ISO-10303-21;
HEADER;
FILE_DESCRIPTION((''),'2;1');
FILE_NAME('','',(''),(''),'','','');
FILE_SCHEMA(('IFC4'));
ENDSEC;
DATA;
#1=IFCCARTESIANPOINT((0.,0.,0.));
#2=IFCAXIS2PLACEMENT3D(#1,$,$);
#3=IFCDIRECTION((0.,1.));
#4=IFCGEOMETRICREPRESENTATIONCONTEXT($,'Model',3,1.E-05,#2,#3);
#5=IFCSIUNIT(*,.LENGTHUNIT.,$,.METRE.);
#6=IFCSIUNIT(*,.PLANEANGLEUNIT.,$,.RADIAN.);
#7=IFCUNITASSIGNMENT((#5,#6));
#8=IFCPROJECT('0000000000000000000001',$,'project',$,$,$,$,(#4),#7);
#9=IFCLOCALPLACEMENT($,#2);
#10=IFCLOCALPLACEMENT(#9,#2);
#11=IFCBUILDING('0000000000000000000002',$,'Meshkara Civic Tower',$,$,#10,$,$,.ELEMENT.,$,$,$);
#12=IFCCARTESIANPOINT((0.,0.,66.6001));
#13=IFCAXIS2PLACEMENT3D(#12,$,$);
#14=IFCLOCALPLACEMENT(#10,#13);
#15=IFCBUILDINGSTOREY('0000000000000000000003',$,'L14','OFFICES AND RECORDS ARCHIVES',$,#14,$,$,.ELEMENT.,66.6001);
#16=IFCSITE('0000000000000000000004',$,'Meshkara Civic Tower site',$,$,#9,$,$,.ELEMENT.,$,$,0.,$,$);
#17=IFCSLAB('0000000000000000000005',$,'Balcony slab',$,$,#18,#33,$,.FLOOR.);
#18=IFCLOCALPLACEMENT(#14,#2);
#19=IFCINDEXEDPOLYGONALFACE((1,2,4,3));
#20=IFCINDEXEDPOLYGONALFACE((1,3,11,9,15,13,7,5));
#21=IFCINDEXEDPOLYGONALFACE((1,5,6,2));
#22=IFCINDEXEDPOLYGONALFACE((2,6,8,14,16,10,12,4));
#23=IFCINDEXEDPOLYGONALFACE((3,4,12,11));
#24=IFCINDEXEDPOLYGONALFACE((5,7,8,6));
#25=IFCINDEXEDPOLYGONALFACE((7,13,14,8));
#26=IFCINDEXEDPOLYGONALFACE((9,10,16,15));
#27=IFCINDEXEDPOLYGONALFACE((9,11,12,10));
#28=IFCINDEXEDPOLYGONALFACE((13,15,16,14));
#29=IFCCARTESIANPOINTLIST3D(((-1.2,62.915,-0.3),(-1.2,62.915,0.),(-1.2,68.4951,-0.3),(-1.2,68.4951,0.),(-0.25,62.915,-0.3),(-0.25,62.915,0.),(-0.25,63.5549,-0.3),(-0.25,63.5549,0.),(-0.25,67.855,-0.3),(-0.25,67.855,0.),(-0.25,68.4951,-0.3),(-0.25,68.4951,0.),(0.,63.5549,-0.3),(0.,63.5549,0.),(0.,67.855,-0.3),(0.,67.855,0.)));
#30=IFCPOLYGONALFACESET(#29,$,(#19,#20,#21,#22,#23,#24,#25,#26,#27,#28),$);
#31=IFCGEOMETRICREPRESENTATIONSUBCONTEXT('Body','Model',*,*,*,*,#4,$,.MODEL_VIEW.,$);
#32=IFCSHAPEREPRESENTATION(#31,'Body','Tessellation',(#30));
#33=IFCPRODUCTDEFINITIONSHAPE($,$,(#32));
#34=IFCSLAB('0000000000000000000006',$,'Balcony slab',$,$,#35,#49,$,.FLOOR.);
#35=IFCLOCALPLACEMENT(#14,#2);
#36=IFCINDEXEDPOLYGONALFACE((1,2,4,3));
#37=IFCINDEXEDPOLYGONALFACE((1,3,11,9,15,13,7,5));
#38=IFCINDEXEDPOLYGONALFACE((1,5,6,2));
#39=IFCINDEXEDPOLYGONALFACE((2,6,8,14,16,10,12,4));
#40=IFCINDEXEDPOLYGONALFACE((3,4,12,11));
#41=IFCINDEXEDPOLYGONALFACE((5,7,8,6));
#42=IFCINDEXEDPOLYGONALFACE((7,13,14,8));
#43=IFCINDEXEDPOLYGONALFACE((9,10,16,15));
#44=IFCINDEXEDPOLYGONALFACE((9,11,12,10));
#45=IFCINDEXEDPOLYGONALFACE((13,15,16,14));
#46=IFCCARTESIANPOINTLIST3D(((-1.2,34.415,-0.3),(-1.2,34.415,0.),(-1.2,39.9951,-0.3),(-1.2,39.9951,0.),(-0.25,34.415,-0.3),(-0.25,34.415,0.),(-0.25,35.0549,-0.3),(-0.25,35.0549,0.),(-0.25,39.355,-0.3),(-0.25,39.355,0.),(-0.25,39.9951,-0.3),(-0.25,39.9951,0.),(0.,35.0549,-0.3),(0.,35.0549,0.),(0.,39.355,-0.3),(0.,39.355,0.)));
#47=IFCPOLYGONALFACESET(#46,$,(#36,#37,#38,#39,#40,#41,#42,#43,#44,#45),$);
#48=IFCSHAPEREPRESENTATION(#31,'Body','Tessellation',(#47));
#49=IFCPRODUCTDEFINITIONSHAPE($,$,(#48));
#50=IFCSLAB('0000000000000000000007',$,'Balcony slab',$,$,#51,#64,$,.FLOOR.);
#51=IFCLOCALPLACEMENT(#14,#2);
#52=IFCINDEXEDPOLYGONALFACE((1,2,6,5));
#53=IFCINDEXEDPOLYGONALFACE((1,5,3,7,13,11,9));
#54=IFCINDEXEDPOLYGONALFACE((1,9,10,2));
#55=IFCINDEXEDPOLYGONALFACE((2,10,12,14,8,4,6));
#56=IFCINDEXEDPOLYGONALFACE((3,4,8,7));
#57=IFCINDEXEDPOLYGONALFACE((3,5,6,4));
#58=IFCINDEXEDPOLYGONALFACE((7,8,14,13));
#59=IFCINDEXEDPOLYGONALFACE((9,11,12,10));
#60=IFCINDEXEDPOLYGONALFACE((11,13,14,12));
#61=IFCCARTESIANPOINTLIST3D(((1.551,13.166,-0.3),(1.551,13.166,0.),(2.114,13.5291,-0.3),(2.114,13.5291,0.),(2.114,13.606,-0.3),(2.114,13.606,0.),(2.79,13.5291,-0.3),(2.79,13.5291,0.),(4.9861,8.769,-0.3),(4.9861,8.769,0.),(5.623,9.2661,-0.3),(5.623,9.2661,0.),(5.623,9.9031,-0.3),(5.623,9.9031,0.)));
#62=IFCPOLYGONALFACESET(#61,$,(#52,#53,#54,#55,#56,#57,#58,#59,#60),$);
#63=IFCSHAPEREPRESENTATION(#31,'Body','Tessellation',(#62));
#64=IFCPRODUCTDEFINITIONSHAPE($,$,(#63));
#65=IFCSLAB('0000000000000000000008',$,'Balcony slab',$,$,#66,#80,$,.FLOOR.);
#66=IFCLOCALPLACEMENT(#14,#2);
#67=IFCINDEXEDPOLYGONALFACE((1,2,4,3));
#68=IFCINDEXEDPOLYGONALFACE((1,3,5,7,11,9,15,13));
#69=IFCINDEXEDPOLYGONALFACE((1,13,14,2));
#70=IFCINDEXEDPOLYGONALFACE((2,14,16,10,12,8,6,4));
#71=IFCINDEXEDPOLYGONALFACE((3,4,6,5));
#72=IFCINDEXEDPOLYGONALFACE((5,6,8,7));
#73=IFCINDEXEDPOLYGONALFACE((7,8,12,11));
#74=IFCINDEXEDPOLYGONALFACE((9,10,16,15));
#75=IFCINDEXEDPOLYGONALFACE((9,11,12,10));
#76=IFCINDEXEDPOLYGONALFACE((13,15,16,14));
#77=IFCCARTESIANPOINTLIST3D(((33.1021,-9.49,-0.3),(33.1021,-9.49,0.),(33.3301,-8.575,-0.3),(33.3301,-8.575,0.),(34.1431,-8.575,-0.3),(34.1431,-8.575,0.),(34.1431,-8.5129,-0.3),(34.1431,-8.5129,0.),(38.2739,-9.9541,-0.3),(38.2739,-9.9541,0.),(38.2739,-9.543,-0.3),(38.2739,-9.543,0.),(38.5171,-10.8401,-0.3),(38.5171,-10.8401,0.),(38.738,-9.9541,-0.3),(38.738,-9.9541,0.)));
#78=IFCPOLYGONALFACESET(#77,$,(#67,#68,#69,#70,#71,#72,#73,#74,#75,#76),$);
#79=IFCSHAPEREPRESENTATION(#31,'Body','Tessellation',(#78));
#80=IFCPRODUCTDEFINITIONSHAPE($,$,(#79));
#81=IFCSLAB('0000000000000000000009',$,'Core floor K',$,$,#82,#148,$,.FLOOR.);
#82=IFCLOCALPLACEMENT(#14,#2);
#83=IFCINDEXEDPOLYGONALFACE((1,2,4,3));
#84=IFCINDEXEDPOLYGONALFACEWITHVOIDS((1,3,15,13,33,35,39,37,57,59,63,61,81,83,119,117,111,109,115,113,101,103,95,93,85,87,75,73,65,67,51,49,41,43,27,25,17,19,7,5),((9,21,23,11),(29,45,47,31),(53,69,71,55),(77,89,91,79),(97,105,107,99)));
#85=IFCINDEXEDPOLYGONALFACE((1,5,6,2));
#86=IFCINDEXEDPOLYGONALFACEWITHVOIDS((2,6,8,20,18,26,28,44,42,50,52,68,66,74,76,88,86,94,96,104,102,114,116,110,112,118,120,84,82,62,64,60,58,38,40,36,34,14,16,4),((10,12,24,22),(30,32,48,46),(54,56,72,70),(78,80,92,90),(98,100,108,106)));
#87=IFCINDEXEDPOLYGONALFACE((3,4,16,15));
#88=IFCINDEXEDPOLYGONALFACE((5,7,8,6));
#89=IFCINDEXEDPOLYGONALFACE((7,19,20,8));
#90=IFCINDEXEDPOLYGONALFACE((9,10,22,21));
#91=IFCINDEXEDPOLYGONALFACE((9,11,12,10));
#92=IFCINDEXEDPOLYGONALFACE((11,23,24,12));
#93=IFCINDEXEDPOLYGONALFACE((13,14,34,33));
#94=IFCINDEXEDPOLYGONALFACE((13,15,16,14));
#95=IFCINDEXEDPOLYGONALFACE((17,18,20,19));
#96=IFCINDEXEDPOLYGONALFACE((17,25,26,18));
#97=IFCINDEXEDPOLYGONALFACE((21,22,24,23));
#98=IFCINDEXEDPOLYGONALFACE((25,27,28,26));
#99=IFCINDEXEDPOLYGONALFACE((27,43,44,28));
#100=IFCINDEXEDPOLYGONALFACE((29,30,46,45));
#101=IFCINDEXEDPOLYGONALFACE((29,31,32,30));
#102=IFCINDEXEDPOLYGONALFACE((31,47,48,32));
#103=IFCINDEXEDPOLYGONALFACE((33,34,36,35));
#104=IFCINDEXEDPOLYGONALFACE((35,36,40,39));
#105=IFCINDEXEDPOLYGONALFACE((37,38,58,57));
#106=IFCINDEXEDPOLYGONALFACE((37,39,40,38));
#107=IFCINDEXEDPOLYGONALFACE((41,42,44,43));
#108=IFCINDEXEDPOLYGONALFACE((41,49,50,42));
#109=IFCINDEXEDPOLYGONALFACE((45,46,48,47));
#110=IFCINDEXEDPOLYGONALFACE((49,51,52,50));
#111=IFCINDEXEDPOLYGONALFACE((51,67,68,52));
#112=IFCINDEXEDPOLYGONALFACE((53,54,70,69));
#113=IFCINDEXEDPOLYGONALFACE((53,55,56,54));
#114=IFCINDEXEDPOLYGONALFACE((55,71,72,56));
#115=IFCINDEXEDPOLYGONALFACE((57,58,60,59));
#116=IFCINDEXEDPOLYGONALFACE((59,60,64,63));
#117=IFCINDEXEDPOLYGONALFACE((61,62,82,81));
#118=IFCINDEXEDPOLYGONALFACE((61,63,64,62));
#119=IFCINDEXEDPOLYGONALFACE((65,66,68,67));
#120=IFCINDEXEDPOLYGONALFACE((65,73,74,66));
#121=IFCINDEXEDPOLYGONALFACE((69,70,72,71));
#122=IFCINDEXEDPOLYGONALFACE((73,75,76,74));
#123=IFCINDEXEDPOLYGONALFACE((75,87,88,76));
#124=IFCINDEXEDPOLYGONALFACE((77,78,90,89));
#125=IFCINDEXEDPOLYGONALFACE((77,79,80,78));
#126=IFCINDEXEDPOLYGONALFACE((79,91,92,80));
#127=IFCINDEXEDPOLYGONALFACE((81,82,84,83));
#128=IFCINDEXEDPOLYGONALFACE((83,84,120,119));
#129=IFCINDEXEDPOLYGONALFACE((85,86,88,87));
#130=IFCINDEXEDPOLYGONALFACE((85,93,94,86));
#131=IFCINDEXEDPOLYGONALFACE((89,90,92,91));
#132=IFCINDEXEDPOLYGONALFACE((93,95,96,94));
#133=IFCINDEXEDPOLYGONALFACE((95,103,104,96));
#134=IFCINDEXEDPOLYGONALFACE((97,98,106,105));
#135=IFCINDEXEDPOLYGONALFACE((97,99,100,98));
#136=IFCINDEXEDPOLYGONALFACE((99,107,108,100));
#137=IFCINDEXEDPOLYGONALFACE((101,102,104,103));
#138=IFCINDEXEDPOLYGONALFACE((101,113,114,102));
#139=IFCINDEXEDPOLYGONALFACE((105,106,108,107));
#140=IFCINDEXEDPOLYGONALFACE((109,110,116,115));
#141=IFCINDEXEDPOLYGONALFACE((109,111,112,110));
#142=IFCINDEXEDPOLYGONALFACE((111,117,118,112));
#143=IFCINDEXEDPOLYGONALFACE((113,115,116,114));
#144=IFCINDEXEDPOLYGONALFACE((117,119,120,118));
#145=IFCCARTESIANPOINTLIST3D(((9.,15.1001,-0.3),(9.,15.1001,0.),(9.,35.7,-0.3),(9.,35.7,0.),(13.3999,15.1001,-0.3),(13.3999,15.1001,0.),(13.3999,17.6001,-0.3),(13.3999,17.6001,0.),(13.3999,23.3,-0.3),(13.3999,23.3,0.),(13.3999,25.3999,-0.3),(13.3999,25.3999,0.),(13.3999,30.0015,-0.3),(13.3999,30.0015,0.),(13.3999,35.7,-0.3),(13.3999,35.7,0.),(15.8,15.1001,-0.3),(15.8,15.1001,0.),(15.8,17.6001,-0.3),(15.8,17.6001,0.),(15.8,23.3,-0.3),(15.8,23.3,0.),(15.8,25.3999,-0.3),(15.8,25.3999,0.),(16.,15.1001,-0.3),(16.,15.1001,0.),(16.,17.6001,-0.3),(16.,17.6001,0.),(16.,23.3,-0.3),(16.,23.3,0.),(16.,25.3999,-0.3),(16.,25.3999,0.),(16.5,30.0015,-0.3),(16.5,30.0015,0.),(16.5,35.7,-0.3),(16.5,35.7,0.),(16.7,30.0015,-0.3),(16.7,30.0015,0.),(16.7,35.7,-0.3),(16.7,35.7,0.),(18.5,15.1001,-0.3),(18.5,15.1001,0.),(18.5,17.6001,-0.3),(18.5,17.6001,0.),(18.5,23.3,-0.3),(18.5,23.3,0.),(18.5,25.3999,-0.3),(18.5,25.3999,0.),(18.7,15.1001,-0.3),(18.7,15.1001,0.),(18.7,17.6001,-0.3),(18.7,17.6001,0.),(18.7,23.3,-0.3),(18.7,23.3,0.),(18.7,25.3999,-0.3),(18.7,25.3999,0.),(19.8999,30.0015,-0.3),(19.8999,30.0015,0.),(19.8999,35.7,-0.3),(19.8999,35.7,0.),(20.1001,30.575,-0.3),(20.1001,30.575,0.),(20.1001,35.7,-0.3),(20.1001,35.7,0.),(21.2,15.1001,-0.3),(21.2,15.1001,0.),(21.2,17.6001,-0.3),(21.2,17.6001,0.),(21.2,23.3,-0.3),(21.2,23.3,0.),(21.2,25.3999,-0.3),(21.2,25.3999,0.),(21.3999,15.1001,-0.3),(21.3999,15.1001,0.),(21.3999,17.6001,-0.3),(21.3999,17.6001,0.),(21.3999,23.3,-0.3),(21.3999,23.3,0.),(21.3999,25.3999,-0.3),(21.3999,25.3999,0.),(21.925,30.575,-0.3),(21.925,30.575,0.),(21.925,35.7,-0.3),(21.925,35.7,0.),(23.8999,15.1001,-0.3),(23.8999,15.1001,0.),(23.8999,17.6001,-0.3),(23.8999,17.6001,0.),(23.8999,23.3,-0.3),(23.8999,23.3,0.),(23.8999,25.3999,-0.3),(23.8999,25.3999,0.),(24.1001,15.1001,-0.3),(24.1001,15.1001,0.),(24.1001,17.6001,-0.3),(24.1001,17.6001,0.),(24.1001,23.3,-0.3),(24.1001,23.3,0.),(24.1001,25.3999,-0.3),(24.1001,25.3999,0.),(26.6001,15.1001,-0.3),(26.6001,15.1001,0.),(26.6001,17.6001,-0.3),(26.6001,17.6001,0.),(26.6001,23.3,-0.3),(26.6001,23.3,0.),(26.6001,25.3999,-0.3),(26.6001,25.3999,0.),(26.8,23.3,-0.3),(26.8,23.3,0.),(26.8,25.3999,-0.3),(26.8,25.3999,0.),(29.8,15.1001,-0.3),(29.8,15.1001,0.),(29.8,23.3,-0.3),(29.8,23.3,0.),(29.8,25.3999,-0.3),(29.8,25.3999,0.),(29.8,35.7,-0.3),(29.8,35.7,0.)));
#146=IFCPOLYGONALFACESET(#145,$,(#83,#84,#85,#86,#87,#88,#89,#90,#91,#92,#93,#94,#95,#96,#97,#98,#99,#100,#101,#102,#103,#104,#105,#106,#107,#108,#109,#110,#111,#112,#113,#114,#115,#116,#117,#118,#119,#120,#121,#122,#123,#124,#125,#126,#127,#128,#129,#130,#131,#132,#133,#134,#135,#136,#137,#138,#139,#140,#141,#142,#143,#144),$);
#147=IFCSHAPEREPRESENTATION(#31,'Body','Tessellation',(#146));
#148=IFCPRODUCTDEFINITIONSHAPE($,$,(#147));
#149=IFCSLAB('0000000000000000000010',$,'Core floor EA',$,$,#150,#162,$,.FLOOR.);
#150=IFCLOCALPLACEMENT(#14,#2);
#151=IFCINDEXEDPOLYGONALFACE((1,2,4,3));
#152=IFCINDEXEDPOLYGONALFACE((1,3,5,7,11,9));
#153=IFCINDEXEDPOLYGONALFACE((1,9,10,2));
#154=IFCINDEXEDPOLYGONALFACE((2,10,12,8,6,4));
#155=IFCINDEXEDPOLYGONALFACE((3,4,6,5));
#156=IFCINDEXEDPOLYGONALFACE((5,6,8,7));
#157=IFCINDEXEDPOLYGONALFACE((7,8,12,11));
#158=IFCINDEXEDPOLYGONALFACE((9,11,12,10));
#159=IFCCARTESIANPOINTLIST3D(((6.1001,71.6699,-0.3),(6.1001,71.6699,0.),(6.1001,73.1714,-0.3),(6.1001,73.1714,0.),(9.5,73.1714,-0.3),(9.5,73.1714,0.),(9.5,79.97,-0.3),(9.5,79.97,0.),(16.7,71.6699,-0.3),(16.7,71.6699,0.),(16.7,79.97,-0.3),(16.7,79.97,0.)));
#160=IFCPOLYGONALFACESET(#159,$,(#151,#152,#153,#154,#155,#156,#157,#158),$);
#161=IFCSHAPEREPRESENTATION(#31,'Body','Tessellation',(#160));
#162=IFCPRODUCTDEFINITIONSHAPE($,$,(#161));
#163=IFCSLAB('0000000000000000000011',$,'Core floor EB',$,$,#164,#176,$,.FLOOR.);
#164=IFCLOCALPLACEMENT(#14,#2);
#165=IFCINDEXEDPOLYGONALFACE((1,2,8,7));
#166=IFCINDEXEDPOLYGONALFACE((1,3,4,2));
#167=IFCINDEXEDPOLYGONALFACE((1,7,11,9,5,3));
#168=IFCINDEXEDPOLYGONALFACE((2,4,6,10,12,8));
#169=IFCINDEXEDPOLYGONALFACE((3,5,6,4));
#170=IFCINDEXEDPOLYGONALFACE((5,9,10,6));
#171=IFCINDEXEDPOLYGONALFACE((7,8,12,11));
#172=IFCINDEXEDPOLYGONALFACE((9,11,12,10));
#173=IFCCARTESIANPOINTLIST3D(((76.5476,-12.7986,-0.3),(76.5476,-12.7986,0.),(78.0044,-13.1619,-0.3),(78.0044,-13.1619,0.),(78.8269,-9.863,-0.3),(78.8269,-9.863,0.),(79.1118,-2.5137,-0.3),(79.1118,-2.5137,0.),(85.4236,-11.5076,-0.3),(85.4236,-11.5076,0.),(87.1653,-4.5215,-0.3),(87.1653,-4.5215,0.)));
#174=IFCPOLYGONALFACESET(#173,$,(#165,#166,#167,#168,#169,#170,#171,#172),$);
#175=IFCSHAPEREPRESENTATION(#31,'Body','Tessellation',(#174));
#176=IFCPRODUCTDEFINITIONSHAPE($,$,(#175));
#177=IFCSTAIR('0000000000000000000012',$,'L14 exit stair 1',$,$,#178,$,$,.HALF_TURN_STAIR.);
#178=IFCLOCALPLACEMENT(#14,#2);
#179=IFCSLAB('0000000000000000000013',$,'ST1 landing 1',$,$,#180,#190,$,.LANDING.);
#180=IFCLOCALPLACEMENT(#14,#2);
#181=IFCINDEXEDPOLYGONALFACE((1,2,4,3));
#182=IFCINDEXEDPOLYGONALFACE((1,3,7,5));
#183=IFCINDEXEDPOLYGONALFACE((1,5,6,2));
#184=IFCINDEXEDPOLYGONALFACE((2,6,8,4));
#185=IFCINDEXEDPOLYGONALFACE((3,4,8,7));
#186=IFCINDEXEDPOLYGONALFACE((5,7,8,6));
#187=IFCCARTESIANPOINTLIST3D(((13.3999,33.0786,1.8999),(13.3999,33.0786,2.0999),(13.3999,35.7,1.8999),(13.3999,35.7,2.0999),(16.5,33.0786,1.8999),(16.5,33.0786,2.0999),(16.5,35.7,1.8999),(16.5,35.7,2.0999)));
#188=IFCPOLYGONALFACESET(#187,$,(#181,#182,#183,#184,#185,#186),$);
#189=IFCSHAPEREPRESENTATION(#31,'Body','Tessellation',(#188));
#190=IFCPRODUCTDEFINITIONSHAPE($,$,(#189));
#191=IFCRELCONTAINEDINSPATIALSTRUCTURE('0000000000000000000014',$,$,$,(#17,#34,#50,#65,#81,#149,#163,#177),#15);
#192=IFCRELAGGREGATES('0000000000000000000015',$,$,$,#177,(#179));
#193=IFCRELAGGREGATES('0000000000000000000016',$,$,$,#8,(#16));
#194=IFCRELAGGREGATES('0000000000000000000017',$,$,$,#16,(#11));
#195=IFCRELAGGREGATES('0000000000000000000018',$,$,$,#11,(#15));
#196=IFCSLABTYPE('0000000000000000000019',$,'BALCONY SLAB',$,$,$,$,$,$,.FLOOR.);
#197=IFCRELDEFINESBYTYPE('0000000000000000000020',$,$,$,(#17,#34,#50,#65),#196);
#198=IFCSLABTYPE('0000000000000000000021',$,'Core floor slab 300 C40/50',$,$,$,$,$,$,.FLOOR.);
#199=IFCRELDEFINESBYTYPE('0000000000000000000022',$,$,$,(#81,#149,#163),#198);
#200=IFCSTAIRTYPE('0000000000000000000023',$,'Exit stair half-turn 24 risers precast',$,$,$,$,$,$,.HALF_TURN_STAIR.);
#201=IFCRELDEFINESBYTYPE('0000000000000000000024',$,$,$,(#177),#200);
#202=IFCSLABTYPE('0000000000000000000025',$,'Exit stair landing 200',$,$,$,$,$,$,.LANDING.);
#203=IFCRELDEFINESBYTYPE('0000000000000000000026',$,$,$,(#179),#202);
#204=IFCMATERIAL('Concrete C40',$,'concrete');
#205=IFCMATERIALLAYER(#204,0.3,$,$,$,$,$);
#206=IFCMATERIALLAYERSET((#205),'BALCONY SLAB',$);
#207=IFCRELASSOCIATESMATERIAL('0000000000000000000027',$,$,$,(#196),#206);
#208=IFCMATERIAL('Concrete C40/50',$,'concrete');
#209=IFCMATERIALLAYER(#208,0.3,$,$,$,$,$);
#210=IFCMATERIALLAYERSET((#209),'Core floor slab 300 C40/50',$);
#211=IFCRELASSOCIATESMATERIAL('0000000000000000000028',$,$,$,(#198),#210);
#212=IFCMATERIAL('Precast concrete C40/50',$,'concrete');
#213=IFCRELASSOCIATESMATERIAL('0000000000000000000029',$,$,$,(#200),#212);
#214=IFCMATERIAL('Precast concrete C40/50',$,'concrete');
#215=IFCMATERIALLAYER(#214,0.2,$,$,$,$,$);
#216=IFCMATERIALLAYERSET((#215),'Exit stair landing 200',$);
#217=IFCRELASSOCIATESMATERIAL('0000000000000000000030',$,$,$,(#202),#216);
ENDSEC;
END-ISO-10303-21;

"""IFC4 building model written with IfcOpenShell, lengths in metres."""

from ifc_helpers import new_model, si_unit, direction, frame, origin, place, context, subcontext, project, spatial, polyline, outline, extrude, material, layer, layer_set, type_object, element, aggregate, save


model = new_model("IFC4")

# Units and contexts
model_context = context("Model", 3, precision=1e-05, world=origin(), true_north=direction((0.0, 1.0)))
body_context = subcontext(model_context, "Body", "Model", "MODEL_VIEW")
ifc_project = project(units=[si_unit("LENGTHUNIT", "METRE"), si_unit("PLANEANGLEUNIT", "RADIAN")], contexts=[model_context])

# Site, building, storey
site_placement = place(None, origin())
site = spatial("IfcSite", under=ifc_project, at=site_placement, Name="Meshkara Civic Tower site", CompositionType="ELEMENT", RefElevation=0.0)
building_placement = place(site_placement, origin())
building = spatial("IfcBuilding", under=site, at=building_placement, Name="Meshkara Civic Tower", CompositionType="ELEMENT")
storey_placement = place(building_placement, frame((0.0, 0.0, 66.6001)))
storey = spatial("IfcBuildingStorey", under=building, at=storey_placement, Name="L14", Description="OFFICES AND RECORDS ARCHIVES", CompositionType="ELEMENT", Elevation=66.6001)

# Slabs
ifc_material_1 = material(Name="Concrete C40", Category="concrete")
ifc_layer_1 = layer(ifc_material_1, 0.3)
ifc_layer_set_1 = layer_set([ifc_layer_1], Name="BALCONY SLAB")
slab_type_1 = type_object("IfcSlabType", Name="BALCONY SLAB", PredefinedType="FLOOR", material=ifc_layer_set_1)
slab_1_placement = place(storey_placement, frame((0.0, 0.0, -0.3)))
element("IfcSlab", 1, at=slab_1_placement, inside=storey, type_object=slab_type_1, Name="Balcony slab", PredefinedType="FLOOR", context=body_context, shape_type="SweptSolid", body=[
    extrude(outline(polyline([(-1.2, 62.915), (-1.2, 68.4951), (-0.25, 68.4951), (-0.25, 67.855), (0.0, 67.855), (0.0, 63.5549), (-0.25, 63.5549), (-0.25, 62.915), (-1.2, 62.915)])), origin(), (0.0, 0.0, 1.0), 0.3),
])
slab_2_placement = place(storey_placement, frame((0.0, 0.0, -0.3)))
element("IfcSlab", 2, at=slab_2_placement, inside=storey, type_object=slab_type_1, Name="Balcony slab", PredefinedType="FLOOR", context=body_context, shape_type="SweptSolid", body=[
    extrude(outline(polyline([(-1.2, 34.415), (-1.2, 39.9951), (-0.25, 39.9951), (-0.25, 39.355), (0.0, 39.355), (0.0, 35.0549), (-0.25, 35.0549), (-0.25, 34.415), (-1.2, 34.415)])), origin(), (0.0, 0.0, 1.0), 0.3),
])
slab_3_placement = place(storey_placement, frame((0.0, 0.0, -0.3)))
element("IfcSlab", 3, at=slab_3_placement, inside=storey, type_object=slab_type_1, Name="Balcony slab", PredefinedType="FLOOR", context=body_context, shape_type="SweptSolid", body=[
    extrude(outline(polyline([(4.9861, 8.769), (1.551, 13.166), (2.114, 13.606), (2.114, 13.5291), (2.79, 13.5291), (5.623, 9.9031), (5.623, 9.2661), (4.9861, 8.769)])), origin(), (0.0, 0.0, 1.0), 0.3),
])
slab_4_placement = place(storey_placement, frame((0.0, 0.0, -0.3)))
element("IfcSlab", 4, at=slab_4_placement, inside=storey, type_object=slab_type_1, Name="Balcony slab", PredefinedType="FLOOR", context=body_context, shape_type="SweptSolid", body=[
    extrude(outline(polyline([(38.5171, -10.8401), (33.1021, -9.49), (33.3301, -8.575), (34.1431, -8.575), (34.1431, -8.5129), (38.2739, -9.543), (38.2739, -9.9541), (38.738, -9.9541), (38.5171, -10.8401)])), origin(), (0.0, 0.0, 1.0), 0.3),
])
ifc_material_2 = material(Name="Concrete C40/50", Category="concrete")
ifc_layer_2 = layer(ifc_material_2, 0.3)
ifc_layer_set_2 = layer_set([ifc_layer_2], Name="Core floor slab 300 C40/50")
slab_type_2 = type_object("IfcSlabType", Name="Core floor slab 300 C40/50", PredefinedType="FLOOR", material=ifc_layer_set_2)
slab_5_placement = place(storey_placement, frame((0.0, 0.0, -0.3)))
element("IfcSlab", 5, at=slab_5_placement, inside=storey, type_object=slab_type_2, Name="Core floor K", PredefinedType="FLOOR", context=body_context, shape_type="SweptSolid", body=[
    extrude(outline(polyline([(9.0, 35.7), (13.3999, 35.7), (13.3999, 30.0015), (16.5, 30.0015), (16.5, 35.7), (16.7, 35.7), (16.7, 30.0015), (19.8999, 30.0015), (19.8999, 35.7), (20.1001, 35.7), (20.1001, 30.575), (21.925, 30.575), (21.925, 35.7), (29.8, 35.7), (29.8, 25.3999), (26.8, 25.3999), (26.8, 23.3), (29.8, 23.3), (29.8, 15.1001), (26.6001, 15.1001), (26.6001, 17.6001), (24.1001, 17.6001), (24.1001, 15.1001), (23.8999, 15.1001), (23.8999, 17.6001), (21.3999, 17.6001), (21.3999, 15.1001), (21.2, 15.1001), (21.2, 17.6001), (18.7, 17.6001), (18.7, 15.1001), (18.5, 15.1001), (18.5, 17.6001), (16.0, 17.6001), (16.0, 15.1001), (15.8, 15.1001), (15.8, 17.6001), (13.3999, 17.6001), (13.3999, 15.1001), (9.0, 15.1001), (9.0, 35.7)]), holes=[polyline([(13.3999, 25.3999), (13.3999, 23.3), (15.8, 23.3), (15.8, 25.3999), (13.3999, 25.3999)]), polyline([(18.5, 23.3), (18.5, 25.3999), (16.0, 25.3999), (16.0, 23.3), (18.5, 23.3)]), polyline([(18.7, 25.3999), (18.7, 23.3), (21.2, 23.3), (21.2, 25.3999), (18.7, 25.3999)]), polyline([(21.3999, 23.3), (23.8999, 23.3), (23.8999, 25.3999), (21.3999, 25.3999), (21.3999, 23.3)]), polyline([(26.6001, 25.3999), (24.1001, 25.3999), (24.1001, 23.3), (26.6001, 23.3), (26.6001, 25.3999)])]), origin(), (0.0, 0.0, 1.0), 0.3),
])
slab_6_placement = place(storey_placement, frame((0.0, 0.0, -0.3)))
element("IfcSlab", 6, at=slab_6_placement, inside=storey, type_object=slab_type_2, Name="Core floor EA", PredefinedType="FLOOR", context=body_context, shape_type="SweptSolid", body=[
    extrude(outline(polyline([(16.7, 71.6699), (16.7, 79.97), (9.5, 79.97), (9.5, 73.1714), (6.1001, 73.1714), (6.1001, 71.6699), (16.7, 71.6699)])), origin(), (0.0, 0.0, 1.0), 0.3),
])
slab_7_placement = place(storey_placement, frame((0.0, 0.0, -0.3)))
element("IfcSlab", 7, at=slab_7_placement, inside=storey, type_object=slab_type_2, Name="Core floor EB", PredefinedType="FLOOR", context=body_context, shape_type="SweptSolid", body=[
    extrude(outline(polyline([(79.1118, -2.5137), (87.1653, -4.5215), (85.4236, -11.5076), (78.8269, -9.863), (78.0044, -13.1619), (76.5476, -12.7986), (79.1118, -2.5137)])), origin(), (0.0, 0.0, 1.0), 0.3),
])

# Stair, slab
ifc_material_3 = material(Name="Precast concrete C40/50", Category="concrete")
stair_type_1 = type_object("IfcStairType", Name="Exit stair half-turn 24 risers precast", PredefinedType="HALF_TURN_STAIR", material=ifc_material_3)
stair_1_placement = place(storey_placement, origin())
stair_1 = element("IfcStair", 8, at=stair_1_placement, inside=storey, type_object=stair_type_1, Name="L14 exit stair 1", PredefinedType="HALF_TURN_STAIR")
ifc_material_4 = material(Name="Precast concrete C40/50", Category="concrete")
ifc_layer_3 = layer(ifc_material_4, 0.2)
ifc_layer_set_3 = layer_set([ifc_layer_3], Name="Exit stair landing 200")
slab_type_3 = type_object("IfcSlabType", Name="Exit stair landing 200", PredefinedType="LANDING", material=ifc_layer_set_3)
slab_8_placement = place(storey_placement, frame((0.0, 0.0, 1.8999)))
slab_8 = element("IfcSlab", 9, at=slab_8_placement, type_object=slab_type_3, Name="ST1 landing 1", PredefinedType="LANDING", context=body_context, shape_type="SweptSolid", body=[
    extrude(outline(polyline([(16.5, 33.0786), (16.5, 35.7), (13.3999, 35.7), (13.3999, 33.0786), (16.5, 33.0786)])), origin(), (0.0, 0.0, 1.0), 0.2),
])
aggregate(stair_1, [slab_8])

save(model, "model.ifc")
